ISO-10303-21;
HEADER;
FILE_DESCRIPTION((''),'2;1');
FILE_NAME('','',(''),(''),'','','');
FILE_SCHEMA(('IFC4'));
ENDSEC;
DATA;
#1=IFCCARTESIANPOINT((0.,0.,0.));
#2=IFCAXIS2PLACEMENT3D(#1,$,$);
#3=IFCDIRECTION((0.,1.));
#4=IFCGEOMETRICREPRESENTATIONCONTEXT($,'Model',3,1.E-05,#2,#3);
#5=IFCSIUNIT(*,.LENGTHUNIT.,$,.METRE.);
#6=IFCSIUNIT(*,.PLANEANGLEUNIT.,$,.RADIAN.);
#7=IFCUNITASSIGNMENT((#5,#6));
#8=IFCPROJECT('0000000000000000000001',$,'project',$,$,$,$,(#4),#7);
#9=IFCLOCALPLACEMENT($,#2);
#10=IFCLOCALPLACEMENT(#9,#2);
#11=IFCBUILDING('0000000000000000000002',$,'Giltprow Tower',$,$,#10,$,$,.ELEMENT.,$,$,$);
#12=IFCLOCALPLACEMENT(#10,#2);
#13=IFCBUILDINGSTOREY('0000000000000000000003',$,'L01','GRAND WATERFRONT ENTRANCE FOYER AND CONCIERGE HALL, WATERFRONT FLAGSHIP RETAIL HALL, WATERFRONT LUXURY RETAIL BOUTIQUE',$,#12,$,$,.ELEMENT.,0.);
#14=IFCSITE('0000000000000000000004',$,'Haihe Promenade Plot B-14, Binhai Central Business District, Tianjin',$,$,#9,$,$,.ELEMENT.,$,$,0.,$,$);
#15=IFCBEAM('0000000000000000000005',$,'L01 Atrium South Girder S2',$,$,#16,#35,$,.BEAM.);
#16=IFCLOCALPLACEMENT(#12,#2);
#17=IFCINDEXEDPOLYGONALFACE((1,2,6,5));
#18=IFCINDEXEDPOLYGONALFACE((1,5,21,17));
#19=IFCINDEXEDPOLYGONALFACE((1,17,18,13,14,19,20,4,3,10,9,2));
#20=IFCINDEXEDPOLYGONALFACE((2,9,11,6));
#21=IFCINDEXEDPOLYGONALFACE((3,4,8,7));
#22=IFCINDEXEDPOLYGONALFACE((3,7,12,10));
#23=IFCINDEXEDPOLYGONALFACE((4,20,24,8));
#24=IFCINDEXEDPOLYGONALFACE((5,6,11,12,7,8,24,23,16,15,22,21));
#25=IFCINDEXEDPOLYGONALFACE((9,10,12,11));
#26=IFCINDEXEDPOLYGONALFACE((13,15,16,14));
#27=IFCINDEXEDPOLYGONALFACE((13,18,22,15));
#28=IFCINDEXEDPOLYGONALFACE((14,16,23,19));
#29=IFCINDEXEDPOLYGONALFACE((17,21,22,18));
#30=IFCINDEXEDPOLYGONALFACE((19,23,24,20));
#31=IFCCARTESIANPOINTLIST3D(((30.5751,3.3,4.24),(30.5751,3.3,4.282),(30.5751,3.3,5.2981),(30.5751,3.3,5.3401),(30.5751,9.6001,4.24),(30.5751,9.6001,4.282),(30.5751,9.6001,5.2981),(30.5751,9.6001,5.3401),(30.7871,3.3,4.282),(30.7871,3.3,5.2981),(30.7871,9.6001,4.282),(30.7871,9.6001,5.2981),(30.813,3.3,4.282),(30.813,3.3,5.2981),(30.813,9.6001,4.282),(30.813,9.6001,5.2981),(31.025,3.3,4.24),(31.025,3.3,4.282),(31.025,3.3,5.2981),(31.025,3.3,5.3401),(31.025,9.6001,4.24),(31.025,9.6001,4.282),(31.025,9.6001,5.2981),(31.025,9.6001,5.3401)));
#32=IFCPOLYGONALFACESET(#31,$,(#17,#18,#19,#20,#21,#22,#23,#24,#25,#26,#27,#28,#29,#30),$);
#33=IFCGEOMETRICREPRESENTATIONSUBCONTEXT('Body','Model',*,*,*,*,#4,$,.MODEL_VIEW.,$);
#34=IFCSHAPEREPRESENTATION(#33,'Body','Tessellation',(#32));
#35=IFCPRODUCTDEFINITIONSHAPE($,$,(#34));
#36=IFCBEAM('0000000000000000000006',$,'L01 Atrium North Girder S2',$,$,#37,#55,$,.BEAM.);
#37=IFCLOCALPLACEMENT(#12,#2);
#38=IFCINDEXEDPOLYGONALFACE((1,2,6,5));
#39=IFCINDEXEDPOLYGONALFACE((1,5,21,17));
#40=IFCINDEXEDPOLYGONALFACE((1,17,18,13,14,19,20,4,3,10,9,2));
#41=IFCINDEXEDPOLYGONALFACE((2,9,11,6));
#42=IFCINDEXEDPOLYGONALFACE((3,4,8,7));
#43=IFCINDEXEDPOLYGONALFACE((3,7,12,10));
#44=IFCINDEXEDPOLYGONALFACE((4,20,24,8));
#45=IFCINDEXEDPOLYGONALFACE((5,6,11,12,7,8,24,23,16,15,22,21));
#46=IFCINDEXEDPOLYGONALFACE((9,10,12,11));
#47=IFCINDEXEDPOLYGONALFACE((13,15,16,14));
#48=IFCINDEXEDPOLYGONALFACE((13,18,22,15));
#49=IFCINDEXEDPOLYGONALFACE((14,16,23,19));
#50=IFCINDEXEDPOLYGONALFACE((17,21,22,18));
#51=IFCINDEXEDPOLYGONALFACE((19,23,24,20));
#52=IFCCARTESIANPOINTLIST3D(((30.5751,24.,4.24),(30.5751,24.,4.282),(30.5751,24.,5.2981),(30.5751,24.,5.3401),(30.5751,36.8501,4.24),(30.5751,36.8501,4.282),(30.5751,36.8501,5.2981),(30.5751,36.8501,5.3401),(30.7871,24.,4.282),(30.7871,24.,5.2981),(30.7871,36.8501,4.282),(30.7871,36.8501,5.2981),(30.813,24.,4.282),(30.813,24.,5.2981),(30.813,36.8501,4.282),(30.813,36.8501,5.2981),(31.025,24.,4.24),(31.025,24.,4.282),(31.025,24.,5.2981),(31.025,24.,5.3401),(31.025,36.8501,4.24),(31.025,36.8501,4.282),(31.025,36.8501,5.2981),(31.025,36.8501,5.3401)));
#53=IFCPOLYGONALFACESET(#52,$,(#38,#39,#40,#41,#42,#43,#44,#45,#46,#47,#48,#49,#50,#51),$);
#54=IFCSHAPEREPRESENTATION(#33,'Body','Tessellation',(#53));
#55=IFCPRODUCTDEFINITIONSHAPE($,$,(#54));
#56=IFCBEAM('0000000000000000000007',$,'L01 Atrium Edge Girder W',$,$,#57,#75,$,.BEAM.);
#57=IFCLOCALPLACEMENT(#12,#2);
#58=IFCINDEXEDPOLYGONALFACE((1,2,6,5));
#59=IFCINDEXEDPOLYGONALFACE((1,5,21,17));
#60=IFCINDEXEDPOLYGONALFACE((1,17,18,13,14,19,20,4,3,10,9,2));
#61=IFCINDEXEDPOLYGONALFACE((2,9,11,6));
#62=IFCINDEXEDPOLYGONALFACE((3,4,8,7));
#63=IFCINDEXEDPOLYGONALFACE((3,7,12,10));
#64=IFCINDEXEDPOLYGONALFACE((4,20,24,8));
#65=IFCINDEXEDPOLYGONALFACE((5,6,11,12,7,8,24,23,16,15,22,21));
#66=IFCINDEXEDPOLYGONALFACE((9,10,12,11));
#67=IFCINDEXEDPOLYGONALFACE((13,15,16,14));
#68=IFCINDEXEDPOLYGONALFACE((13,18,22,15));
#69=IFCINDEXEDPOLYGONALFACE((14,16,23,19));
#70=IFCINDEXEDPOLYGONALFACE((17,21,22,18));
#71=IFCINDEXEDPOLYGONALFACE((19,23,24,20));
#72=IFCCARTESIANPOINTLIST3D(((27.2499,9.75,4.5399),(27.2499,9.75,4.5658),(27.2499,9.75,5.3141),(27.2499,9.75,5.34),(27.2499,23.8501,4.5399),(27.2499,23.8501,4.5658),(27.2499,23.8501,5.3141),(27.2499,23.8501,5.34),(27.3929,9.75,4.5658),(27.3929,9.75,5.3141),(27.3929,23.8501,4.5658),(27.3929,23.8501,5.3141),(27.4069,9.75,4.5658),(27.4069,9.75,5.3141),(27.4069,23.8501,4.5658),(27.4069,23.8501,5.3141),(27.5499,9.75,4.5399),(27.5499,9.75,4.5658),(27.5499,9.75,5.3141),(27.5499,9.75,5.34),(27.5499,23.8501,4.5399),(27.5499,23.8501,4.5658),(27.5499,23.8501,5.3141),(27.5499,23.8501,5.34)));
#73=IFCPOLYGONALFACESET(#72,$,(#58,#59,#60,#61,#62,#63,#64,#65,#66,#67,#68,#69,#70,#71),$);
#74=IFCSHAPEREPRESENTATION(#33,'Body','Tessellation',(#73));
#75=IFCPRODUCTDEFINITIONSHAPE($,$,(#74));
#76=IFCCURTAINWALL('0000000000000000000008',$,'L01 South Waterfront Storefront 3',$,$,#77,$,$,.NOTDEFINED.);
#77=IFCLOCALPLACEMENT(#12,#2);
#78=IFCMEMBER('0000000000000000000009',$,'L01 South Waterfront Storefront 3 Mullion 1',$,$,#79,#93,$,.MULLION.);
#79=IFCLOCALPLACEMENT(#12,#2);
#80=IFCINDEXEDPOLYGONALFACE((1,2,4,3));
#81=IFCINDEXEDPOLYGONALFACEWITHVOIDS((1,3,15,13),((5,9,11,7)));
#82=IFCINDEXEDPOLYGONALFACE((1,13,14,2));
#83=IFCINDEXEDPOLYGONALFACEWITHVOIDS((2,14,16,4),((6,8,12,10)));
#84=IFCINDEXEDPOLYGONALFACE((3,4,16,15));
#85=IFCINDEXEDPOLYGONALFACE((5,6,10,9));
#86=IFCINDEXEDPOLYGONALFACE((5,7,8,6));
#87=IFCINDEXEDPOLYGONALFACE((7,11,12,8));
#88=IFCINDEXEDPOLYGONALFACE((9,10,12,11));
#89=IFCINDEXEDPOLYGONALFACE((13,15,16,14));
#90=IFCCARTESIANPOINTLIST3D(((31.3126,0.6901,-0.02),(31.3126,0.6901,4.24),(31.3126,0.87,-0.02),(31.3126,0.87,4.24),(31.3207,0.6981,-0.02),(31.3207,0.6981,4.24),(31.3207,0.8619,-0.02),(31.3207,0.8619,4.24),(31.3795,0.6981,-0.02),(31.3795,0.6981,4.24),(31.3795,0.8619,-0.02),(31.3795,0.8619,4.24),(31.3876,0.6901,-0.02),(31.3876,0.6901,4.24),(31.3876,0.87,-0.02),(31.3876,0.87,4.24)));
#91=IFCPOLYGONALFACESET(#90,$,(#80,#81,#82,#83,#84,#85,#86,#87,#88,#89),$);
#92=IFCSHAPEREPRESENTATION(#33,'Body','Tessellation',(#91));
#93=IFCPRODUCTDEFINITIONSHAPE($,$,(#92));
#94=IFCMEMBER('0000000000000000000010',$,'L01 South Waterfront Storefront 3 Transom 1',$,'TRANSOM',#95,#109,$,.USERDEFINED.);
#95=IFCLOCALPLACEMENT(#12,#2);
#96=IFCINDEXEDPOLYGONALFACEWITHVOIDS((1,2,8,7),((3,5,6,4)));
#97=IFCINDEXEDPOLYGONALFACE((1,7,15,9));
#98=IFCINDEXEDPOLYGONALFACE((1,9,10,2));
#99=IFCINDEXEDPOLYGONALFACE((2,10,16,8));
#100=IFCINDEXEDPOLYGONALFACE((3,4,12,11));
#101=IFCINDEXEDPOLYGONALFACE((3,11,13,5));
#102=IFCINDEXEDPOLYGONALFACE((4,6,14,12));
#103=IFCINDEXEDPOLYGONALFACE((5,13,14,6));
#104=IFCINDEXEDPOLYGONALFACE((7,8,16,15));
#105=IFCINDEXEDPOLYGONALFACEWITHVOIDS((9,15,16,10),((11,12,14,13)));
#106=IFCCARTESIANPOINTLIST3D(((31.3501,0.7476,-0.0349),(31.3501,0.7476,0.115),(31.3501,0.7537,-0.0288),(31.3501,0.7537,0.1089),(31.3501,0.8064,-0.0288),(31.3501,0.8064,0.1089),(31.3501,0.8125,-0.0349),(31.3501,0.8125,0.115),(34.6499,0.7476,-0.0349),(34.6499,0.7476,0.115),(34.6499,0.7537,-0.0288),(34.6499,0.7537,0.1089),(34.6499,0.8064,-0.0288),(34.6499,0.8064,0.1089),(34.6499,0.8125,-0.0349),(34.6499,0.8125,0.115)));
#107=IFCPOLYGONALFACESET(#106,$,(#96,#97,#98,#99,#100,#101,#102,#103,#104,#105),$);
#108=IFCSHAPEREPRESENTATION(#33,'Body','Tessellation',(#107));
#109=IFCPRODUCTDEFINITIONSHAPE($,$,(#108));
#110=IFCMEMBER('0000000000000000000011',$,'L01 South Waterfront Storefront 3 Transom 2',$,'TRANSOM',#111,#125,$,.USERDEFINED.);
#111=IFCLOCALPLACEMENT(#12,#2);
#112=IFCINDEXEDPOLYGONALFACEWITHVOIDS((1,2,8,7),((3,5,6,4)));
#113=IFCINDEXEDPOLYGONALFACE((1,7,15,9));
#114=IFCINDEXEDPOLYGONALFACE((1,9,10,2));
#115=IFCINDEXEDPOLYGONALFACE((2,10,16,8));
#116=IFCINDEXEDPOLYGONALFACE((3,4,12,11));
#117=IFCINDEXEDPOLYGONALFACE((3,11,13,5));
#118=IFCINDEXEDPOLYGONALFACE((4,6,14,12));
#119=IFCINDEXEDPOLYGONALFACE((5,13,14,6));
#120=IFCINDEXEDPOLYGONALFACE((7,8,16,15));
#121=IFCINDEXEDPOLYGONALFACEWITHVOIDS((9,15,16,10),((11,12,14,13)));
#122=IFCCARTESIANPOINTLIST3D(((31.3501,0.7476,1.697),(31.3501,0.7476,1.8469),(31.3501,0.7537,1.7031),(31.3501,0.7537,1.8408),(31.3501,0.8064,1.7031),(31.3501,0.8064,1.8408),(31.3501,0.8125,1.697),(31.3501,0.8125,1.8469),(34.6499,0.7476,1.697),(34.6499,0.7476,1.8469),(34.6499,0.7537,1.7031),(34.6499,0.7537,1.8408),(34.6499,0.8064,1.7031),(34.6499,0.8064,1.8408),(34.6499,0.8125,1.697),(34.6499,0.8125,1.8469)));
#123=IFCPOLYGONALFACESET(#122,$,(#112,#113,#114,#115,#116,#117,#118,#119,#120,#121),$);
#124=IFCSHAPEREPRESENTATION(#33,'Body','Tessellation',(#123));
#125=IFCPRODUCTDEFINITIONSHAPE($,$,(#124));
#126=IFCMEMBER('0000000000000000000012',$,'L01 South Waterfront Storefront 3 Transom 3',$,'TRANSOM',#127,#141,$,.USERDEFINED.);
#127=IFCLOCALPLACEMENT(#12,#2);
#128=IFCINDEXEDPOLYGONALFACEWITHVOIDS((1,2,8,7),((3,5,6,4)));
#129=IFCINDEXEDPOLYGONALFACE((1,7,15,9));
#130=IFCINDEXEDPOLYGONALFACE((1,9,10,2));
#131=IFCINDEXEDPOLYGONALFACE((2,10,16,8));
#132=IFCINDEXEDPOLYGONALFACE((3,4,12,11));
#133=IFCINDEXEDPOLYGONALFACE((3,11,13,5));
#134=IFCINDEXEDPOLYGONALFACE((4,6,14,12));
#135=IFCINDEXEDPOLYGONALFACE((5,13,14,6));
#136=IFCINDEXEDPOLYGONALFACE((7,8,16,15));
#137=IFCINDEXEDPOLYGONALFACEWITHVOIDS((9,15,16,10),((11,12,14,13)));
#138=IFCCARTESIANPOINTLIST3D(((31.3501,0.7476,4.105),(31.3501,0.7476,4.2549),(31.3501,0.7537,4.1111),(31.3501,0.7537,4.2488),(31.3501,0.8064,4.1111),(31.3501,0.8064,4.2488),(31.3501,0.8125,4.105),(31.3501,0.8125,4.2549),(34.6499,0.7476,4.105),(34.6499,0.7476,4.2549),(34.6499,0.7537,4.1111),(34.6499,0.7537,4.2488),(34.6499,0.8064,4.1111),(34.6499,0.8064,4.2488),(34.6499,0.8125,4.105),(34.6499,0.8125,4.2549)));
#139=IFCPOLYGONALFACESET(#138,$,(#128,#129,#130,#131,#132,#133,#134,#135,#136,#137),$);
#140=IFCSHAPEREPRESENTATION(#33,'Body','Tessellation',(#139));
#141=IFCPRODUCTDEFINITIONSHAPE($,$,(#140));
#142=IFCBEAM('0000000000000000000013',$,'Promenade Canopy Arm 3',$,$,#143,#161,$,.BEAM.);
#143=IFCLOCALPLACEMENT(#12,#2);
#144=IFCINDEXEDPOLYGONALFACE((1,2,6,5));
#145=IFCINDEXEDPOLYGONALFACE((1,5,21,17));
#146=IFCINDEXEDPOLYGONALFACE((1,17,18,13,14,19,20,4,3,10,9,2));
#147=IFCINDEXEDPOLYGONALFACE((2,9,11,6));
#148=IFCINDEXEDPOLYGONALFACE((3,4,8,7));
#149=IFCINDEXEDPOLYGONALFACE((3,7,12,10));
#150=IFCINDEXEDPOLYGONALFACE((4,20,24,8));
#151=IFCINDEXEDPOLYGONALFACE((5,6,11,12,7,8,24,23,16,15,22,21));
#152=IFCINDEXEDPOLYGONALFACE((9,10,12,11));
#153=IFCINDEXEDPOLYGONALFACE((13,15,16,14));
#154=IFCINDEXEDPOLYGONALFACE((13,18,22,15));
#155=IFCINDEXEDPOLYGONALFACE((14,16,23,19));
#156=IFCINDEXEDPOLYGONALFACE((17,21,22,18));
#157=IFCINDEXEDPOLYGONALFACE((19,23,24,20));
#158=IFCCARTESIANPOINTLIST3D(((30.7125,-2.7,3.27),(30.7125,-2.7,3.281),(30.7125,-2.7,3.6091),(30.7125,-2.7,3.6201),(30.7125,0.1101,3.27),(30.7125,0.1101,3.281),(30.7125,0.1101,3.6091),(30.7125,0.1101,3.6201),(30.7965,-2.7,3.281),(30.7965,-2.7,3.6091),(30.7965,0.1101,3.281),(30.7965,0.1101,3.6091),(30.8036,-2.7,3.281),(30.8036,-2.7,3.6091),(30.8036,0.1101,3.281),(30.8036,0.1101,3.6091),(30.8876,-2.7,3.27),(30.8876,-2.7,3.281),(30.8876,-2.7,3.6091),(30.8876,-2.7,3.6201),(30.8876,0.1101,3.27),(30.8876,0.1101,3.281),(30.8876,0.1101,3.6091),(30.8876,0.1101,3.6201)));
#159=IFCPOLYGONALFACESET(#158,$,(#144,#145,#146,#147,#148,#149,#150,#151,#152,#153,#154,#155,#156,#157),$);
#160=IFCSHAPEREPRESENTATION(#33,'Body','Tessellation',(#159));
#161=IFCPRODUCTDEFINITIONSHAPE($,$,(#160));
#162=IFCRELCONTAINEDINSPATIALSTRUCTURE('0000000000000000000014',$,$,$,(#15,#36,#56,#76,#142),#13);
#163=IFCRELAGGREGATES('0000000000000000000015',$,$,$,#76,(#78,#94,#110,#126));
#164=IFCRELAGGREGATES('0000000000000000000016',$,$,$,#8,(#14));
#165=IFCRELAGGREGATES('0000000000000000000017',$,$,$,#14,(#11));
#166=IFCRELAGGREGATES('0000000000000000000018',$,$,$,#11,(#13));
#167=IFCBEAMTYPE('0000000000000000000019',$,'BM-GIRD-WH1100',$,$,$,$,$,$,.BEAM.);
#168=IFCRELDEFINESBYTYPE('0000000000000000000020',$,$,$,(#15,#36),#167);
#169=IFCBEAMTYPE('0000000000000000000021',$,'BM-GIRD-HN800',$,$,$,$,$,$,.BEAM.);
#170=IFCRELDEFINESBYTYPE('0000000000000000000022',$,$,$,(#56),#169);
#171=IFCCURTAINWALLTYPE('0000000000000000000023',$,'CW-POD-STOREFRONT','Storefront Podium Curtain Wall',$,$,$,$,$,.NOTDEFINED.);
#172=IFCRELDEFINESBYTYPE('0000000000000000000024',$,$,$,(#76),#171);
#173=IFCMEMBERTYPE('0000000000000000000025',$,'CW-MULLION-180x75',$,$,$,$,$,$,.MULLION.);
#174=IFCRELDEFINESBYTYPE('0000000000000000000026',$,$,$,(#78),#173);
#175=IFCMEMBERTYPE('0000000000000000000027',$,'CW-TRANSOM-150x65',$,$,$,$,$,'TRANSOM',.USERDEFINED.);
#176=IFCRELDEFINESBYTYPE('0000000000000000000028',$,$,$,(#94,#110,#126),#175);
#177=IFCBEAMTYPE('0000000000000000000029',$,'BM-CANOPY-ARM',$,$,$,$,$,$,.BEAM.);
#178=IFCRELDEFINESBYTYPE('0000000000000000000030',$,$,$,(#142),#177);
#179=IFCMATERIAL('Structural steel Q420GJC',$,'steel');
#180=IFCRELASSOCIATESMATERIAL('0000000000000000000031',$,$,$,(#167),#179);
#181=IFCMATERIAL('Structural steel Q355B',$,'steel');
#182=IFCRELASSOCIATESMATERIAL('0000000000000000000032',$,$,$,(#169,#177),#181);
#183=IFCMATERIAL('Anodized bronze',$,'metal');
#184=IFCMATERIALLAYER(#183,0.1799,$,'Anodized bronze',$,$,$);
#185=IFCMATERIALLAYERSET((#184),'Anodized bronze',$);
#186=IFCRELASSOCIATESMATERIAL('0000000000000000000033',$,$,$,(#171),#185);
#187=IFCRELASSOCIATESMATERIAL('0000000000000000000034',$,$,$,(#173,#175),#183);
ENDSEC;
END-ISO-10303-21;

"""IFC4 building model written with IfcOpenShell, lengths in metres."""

from ifc_helpers import new_model, si_unit, direction, frame, origin, origin_2d, place, context, subcontext, project, spatial, hollow_rectangle, i_section, extrude, source, transform, mapped, material, layer, layer_set, material_profile, profile_set, type_object, element, aggregate, save


model = new_model("IFC4")

# Units and contexts
model_context = context("Model", 3, precision=1e-05, world=origin(), true_north=direction((0.0, 1.0)))
body_context = subcontext(model_context, "Body", "Model", "MODEL_VIEW")
ifc_project = project(units=[si_unit("LENGTHUNIT", "METRE"), si_unit("PLANEANGLEUNIT", "RADIAN")], contexts=[model_context])

# Site, building, storey
site_placement = place(None, origin())
site = spatial("IfcSite", under=ifc_project, at=site_placement, Name="Haihe Promenade Plot B-14, Binhai Central Business District, Tianjin", CompositionType="ELEMENT", RefElevation=0.0)
building_placement = place(site_placement, origin())
building = spatial("IfcBuilding", under=site, at=building_placement, Name="Giltprow Tower", CompositionType="ELEMENT")
storey_placement = place(building_placement, origin())
storey = spatial("IfcBuildingStorey", under=building, at=storey_placement, Name="L01", Description="GRAND WATERFRONT ENTRANCE FOYER AND CONCIERGE HALL, WATERFRONT FLAGSHIP RETAIL HALL, WATERFRONT LUXURY RETAIL BOUTIQUE", CompositionType="ELEMENT", Elevation=0.0)

# Shared definitions
ifc_material_1 = material(Name="Structural steel Q420GJC", Category="steel")
ifc_material_2 = material(Name="Structural steel Q355B", Category="steel")

# Beams
ifc_material_profile_1 = material_profile(ifc_material_1, i_section(OverallWidth=0.45, OverallDepth=1.1001, WebThickness=0.0259, FlangeThickness=0.042, at=origin_2d()), Name="WH 1100x450x26x42")
ifc_profile_set_1 = profile_set([ifc_material_profile_1], Name="Structural steel Q420GJC")
beam_type_1 = type_object("IfcBeamType", Name="BM-GIRD-WH1100", PredefinedType="BEAM", material=ifc_profile_set_1)
shared_shape_1 = source(origin(), body_context, "Body", "SweptSolid", [
    extrude(i_section(OverallWidth=0.45, OverallDepth=1.1001, WebThickness=0.0259, FlangeThickness=0.042, at=origin_2d()), origin(), (0.0, 0.0, 1.0), 6.3),
])
beam_1_placement = place(storey_placement, frame((30.8, 3.3, 4.79), z_axis=(0.0, 1.0, 0.0), x_axis=(-1.0, 0.0, 0.0)))
element("IfcBeam", 1, at=beam_1_placement, inside=storey, type_object=beam_type_1, Name="L01 Atrium South Girder S2", PredefinedType="BEAM", context=body_context, shape_type="MappedRepresentation", body=[
    mapped(shared_shape_1, transform((0.0, 0.0, 0.0), x_axis=(1.0, 0.0, 0.0), y_axis=(0.0, 1.0, 0.0), z_axis=(0.0, 0.0, 1.0), scale=1.0)),
])
shared_shape_2 = source(origin(), body_context, "Body", "SweptSolid", [
    extrude(i_section(OverallWidth=0.45, OverallDepth=1.1001, WebThickness=0.0259, FlangeThickness=0.042, at=origin_2d()), origin(), (0.0, 0.0, 1.0), 12.8501),
])
beam_2_placement = place(storey_placement, frame((30.8, 24.0, 4.79), z_axis=(0.0, 1.0, 0.0), x_axis=(-1.0, 0.0, 0.0)))
element("IfcBeam", 2, at=beam_2_placement, inside=storey, type_object=beam_type_1, Name="L01 Atrium North Girder S2", PredefinedType="BEAM", context=body_context, shape_type="MappedRepresentation", body=[
    mapped(shared_shape_2, transform((0.0, 0.0, 0.0), x_axis=(1.0, 0.0, 0.0), y_axis=(0.0, 1.0, 0.0), z_axis=(0.0, 0.0, 1.0), scale=1.0)),
])
ifc_material_profile_2 = material_profile(ifc_material_2, i_section(OverallWidth=0.3, OverallDepth=0.8, WebThickness=0.0139, FlangeThickness=0.0259, at=origin_2d()), Name="HN 800x300x14x26")
ifc_profile_set_2 = profile_set([ifc_material_profile_2], Name="Structural steel Q355B")
beam_type_2 = type_object("IfcBeamType", Name="BM-GIRD-HN800", PredefinedType="BEAM", material=ifc_profile_set_2)
shared_shape_3 = source(origin(), body_context, "Body", "SweptSolid", [
    extrude(i_section(OverallWidth=0.3, OverallDepth=0.8, WebThickness=0.0139, FlangeThickness=0.0259, at=origin_2d()), origin(), (0.0, 0.0, 1.0), 14.1001),
])
beam_3_placement = place(storey_placement, frame((27.3999, 9.75, 4.9399), z_axis=(0.0, 1.0, 0.0), x_axis=(-1.0, 0.0, 0.0)))
element("IfcBeam", 3, at=beam_3_placement, inside=storey, type_object=beam_type_2, Name="L01 Atrium Edge Girder W", PredefinedType="BEAM", context=body_context, shape_type="MappedRepresentation", body=[
    mapped(shared_shape_3, transform((0.0, 0.0, 0.0), x_axis=(1.0, 0.0, 0.0), y_axis=(0.0, 1.0, 0.0), z_axis=(0.0, 0.0, 1.0), scale=1.0)),
])

# Curtain wall, members
ifc_material_3 = material(Name="Anodized bronze", Category="metal")
ifc_layer_1 = layer(ifc_material_3, 0.1799, Name="Anodized bronze")
ifc_layer_set_1 = layer_set([ifc_layer_1], Name="Anodized bronze")
curtain_wall_type = type_object("IfcCurtainWallType", Name="CW-POD-STOREFRONT", Description="Storefront Podium Curtain Wall", PredefinedType="NOTDEFINED", material=ifc_layer_set_1)
curtain_wall_placement = place(storey_placement, origin())
curtain_wall = element("IfcCurtainWall", 4, at=curtain_wall_placement, inside=storey, type_object=curtain_wall_type, Name="L01 South Waterfront Storefront 3", PredefinedType="NOTDEFINED")
ifc_material_profile_3 = material_profile(ifc_material_3, hollow_rectangle(XDim=0.075, YDim=0.1799, WallThickness=0.0081, at=origin_2d()), Name="RHS 180x75x8")
ifc_profile_set_3 = profile_set([ifc_material_profile_3], Name="Anodized bronze")
member_type_1 = type_object("IfcMemberType", Name="CW-MULLION-180x75", PredefinedType="MULLION", material=ifc_profile_set_3)
shared_shape_4 = source(origin(), body_context, "Body", "SweptSolid", [
    extrude(hollow_rectangle(XDim=0.075, YDim=0.1799, WallThickness=0.0081, at=origin_2d()), origin(), (0.0, 0.0, 1.0), 4.26),
])
member_1_placement = place(storey_placement, frame((31.3501, 0.78, -0.02), z_axis=(0.0, 0.0, 1.0), x_axis=(1.0, 0.0, 0.0)))
member_1 = element("IfcMember", 5, at=member_1_placement, type_object=member_type_1, Name="L01 South Waterfront Storefront 3 Mullion 1", PredefinedType="MULLION", context=body_context, shape_type="MappedRepresentation", body=[
    mapped(shared_shape_4, transform((0.0, 0.0, 0.0), x_axis=(1.0, 0.0, 0.0), y_axis=(0.0, 1.0, 0.0), z_axis=(0.0, 0.0, 1.0), scale=1.0)),
])
ifc_material_profile_4 = material_profile(ifc_material_3, hollow_rectangle(XDim=0.0649, YDim=0.1499, WallThickness=0.0061, at=origin_2d()), Name="RHS 150x65x6")
ifc_profile_set_4 = profile_set([ifc_material_profile_4], Name="Anodized bronze")
member_type_2 = type_object("IfcMemberType", Name="CW-TRANSOM-150x65", ElementType="TRANSOM", PredefinedType="USERDEFINED", material=ifc_profile_set_4)
shared_shape_5 = source(origin(), body_context, "Body", "SweptSolid", [
    extrude(hollow_rectangle(XDim=0.0649, YDim=0.1499, WallThickness=0.0061, at=origin_2d()), origin(), (0.0, 0.0, 1.0), 3.2998),
])
member_2_placement = place(storey_placement, frame((31.3501, 0.78, 0.04), z_axis=(1.0, 0.0, 0.0), x_axis=(0.0, 1.0, 0.0)))
member_2 = element("IfcMember", 6, at=member_2_placement, type_object=member_type_2, Name="L01 South Waterfront Storefront 3 Transom 1", ObjectType="TRANSOM", PredefinedType="USERDEFINED", context=body_context, shape_type="MappedRepresentation", body=[
    mapped(shared_shape_5, transform((0.0, 0.0, 0.0), x_axis=(1.0, 0.0, 0.0), y_axis=(0.0, 1.0, 0.0), z_axis=(0.0, 0.0, 1.0), scale=1.0)),
])
member_3_placement = place(storey_placement, frame((31.3501, 0.78, 1.772), z_axis=(1.0, 0.0, 0.0), x_axis=(0.0, 1.0, 0.0)))
member_3 = element("IfcMember", 7, at=member_3_placement, type_object=member_type_2, Name="L01 South Waterfront Storefront 3 Transom 2", ObjectType="TRANSOM", PredefinedType="USERDEFINED", context=body_context, shape_type="MappedRepresentation", body=[
    mapped(shared_shape_5, transform((0.0, 0.0, 0.0), x_axis=(1.0, 0.0, 0.0), y_axis=(0.0, 1.0, 0.0), z_axis=(0.0, 0.0, 1.0), scale=1.0)),
])
member_4_placement = place(storey_placement, frame((31.3501, 0.78, 4.1799), z_axis=(1.0, 0.0, 0.0), x_axis=(0.0, 1.0, 0.0)))
member_4 = element("IfcMember", 8, at=member_4_placement, type_object=member_type_2, Name="L01 South Waterfront Storefront 3 Transom 3", ObjectType="TRANSOM", PredefinedType="USERDEFINED", context=body_context, shape_type="MappedRepresentation", body=[
    mapped(shared_shape_5, transform((0.0, 0.0, 0.0), x_axis=(1.0, 0.0, 0.0), y_axis=(0.0, 1.0, 0.0), z_axis=(0.0, 0.0, 1.0), scale=1.0)),
])

# Beam
ifc_material_profile_5 = material_profile(ifc_material_2, i_section(OverallWidth=0.175, OverallDepth=0.3501, WebThickness=0.0071, FlangeThickness=0.011, at=origin_2d()), Name="HN 350x175x7x11")
ifc_profile_set_5 = profile_set([ifc_material_profile_5], Name="Structural steel Q355B")
beam_type_3 = type_object("IfcBeamType", Name="BM-CANOPY-ARM", PredefinedType="BEAM", material=ifc_profile_set_5)
shared_shape_6 = source(origin(), body_context, "Body", "SweptSolid", [
    extrude(i_section(OverallWidth=0.175, OverallDepth=0.3501, WebThickness=0.0071, FlangeThickness=0.011, at=origin_2d()), origin(), (0.0, 0.0, 1.0), 2.8101),
])
beam_4_placement = place(storey_placement, frame((30.8, -2.7, 3.4451), z_axis=(0.0, 1.0, 0.0), x_axis=(-1.0, 0.0, 0.0)))
element("IfcBeam", 9, at=beam_4_placement, inside=storey, type_object=beam_type_3, Name="Promenade Canopy Arm 3", PredefinedType="BEAM", context=body_context, shape_type="MappedRepresentation", body=[
    mapped(shared_shape_6, transform((0.0, 0.0, 0.0), x_axis=(1.0, 0.0, 0.0), y_axis=(0.0, 1.0, 0.0), z_axis=(0.0, 0.0, 1.0), scale=1.0)),
])

aggregate(curtain_wall, [member_1, member_2, member_3, member_4])

save(model, "model.ifc")
